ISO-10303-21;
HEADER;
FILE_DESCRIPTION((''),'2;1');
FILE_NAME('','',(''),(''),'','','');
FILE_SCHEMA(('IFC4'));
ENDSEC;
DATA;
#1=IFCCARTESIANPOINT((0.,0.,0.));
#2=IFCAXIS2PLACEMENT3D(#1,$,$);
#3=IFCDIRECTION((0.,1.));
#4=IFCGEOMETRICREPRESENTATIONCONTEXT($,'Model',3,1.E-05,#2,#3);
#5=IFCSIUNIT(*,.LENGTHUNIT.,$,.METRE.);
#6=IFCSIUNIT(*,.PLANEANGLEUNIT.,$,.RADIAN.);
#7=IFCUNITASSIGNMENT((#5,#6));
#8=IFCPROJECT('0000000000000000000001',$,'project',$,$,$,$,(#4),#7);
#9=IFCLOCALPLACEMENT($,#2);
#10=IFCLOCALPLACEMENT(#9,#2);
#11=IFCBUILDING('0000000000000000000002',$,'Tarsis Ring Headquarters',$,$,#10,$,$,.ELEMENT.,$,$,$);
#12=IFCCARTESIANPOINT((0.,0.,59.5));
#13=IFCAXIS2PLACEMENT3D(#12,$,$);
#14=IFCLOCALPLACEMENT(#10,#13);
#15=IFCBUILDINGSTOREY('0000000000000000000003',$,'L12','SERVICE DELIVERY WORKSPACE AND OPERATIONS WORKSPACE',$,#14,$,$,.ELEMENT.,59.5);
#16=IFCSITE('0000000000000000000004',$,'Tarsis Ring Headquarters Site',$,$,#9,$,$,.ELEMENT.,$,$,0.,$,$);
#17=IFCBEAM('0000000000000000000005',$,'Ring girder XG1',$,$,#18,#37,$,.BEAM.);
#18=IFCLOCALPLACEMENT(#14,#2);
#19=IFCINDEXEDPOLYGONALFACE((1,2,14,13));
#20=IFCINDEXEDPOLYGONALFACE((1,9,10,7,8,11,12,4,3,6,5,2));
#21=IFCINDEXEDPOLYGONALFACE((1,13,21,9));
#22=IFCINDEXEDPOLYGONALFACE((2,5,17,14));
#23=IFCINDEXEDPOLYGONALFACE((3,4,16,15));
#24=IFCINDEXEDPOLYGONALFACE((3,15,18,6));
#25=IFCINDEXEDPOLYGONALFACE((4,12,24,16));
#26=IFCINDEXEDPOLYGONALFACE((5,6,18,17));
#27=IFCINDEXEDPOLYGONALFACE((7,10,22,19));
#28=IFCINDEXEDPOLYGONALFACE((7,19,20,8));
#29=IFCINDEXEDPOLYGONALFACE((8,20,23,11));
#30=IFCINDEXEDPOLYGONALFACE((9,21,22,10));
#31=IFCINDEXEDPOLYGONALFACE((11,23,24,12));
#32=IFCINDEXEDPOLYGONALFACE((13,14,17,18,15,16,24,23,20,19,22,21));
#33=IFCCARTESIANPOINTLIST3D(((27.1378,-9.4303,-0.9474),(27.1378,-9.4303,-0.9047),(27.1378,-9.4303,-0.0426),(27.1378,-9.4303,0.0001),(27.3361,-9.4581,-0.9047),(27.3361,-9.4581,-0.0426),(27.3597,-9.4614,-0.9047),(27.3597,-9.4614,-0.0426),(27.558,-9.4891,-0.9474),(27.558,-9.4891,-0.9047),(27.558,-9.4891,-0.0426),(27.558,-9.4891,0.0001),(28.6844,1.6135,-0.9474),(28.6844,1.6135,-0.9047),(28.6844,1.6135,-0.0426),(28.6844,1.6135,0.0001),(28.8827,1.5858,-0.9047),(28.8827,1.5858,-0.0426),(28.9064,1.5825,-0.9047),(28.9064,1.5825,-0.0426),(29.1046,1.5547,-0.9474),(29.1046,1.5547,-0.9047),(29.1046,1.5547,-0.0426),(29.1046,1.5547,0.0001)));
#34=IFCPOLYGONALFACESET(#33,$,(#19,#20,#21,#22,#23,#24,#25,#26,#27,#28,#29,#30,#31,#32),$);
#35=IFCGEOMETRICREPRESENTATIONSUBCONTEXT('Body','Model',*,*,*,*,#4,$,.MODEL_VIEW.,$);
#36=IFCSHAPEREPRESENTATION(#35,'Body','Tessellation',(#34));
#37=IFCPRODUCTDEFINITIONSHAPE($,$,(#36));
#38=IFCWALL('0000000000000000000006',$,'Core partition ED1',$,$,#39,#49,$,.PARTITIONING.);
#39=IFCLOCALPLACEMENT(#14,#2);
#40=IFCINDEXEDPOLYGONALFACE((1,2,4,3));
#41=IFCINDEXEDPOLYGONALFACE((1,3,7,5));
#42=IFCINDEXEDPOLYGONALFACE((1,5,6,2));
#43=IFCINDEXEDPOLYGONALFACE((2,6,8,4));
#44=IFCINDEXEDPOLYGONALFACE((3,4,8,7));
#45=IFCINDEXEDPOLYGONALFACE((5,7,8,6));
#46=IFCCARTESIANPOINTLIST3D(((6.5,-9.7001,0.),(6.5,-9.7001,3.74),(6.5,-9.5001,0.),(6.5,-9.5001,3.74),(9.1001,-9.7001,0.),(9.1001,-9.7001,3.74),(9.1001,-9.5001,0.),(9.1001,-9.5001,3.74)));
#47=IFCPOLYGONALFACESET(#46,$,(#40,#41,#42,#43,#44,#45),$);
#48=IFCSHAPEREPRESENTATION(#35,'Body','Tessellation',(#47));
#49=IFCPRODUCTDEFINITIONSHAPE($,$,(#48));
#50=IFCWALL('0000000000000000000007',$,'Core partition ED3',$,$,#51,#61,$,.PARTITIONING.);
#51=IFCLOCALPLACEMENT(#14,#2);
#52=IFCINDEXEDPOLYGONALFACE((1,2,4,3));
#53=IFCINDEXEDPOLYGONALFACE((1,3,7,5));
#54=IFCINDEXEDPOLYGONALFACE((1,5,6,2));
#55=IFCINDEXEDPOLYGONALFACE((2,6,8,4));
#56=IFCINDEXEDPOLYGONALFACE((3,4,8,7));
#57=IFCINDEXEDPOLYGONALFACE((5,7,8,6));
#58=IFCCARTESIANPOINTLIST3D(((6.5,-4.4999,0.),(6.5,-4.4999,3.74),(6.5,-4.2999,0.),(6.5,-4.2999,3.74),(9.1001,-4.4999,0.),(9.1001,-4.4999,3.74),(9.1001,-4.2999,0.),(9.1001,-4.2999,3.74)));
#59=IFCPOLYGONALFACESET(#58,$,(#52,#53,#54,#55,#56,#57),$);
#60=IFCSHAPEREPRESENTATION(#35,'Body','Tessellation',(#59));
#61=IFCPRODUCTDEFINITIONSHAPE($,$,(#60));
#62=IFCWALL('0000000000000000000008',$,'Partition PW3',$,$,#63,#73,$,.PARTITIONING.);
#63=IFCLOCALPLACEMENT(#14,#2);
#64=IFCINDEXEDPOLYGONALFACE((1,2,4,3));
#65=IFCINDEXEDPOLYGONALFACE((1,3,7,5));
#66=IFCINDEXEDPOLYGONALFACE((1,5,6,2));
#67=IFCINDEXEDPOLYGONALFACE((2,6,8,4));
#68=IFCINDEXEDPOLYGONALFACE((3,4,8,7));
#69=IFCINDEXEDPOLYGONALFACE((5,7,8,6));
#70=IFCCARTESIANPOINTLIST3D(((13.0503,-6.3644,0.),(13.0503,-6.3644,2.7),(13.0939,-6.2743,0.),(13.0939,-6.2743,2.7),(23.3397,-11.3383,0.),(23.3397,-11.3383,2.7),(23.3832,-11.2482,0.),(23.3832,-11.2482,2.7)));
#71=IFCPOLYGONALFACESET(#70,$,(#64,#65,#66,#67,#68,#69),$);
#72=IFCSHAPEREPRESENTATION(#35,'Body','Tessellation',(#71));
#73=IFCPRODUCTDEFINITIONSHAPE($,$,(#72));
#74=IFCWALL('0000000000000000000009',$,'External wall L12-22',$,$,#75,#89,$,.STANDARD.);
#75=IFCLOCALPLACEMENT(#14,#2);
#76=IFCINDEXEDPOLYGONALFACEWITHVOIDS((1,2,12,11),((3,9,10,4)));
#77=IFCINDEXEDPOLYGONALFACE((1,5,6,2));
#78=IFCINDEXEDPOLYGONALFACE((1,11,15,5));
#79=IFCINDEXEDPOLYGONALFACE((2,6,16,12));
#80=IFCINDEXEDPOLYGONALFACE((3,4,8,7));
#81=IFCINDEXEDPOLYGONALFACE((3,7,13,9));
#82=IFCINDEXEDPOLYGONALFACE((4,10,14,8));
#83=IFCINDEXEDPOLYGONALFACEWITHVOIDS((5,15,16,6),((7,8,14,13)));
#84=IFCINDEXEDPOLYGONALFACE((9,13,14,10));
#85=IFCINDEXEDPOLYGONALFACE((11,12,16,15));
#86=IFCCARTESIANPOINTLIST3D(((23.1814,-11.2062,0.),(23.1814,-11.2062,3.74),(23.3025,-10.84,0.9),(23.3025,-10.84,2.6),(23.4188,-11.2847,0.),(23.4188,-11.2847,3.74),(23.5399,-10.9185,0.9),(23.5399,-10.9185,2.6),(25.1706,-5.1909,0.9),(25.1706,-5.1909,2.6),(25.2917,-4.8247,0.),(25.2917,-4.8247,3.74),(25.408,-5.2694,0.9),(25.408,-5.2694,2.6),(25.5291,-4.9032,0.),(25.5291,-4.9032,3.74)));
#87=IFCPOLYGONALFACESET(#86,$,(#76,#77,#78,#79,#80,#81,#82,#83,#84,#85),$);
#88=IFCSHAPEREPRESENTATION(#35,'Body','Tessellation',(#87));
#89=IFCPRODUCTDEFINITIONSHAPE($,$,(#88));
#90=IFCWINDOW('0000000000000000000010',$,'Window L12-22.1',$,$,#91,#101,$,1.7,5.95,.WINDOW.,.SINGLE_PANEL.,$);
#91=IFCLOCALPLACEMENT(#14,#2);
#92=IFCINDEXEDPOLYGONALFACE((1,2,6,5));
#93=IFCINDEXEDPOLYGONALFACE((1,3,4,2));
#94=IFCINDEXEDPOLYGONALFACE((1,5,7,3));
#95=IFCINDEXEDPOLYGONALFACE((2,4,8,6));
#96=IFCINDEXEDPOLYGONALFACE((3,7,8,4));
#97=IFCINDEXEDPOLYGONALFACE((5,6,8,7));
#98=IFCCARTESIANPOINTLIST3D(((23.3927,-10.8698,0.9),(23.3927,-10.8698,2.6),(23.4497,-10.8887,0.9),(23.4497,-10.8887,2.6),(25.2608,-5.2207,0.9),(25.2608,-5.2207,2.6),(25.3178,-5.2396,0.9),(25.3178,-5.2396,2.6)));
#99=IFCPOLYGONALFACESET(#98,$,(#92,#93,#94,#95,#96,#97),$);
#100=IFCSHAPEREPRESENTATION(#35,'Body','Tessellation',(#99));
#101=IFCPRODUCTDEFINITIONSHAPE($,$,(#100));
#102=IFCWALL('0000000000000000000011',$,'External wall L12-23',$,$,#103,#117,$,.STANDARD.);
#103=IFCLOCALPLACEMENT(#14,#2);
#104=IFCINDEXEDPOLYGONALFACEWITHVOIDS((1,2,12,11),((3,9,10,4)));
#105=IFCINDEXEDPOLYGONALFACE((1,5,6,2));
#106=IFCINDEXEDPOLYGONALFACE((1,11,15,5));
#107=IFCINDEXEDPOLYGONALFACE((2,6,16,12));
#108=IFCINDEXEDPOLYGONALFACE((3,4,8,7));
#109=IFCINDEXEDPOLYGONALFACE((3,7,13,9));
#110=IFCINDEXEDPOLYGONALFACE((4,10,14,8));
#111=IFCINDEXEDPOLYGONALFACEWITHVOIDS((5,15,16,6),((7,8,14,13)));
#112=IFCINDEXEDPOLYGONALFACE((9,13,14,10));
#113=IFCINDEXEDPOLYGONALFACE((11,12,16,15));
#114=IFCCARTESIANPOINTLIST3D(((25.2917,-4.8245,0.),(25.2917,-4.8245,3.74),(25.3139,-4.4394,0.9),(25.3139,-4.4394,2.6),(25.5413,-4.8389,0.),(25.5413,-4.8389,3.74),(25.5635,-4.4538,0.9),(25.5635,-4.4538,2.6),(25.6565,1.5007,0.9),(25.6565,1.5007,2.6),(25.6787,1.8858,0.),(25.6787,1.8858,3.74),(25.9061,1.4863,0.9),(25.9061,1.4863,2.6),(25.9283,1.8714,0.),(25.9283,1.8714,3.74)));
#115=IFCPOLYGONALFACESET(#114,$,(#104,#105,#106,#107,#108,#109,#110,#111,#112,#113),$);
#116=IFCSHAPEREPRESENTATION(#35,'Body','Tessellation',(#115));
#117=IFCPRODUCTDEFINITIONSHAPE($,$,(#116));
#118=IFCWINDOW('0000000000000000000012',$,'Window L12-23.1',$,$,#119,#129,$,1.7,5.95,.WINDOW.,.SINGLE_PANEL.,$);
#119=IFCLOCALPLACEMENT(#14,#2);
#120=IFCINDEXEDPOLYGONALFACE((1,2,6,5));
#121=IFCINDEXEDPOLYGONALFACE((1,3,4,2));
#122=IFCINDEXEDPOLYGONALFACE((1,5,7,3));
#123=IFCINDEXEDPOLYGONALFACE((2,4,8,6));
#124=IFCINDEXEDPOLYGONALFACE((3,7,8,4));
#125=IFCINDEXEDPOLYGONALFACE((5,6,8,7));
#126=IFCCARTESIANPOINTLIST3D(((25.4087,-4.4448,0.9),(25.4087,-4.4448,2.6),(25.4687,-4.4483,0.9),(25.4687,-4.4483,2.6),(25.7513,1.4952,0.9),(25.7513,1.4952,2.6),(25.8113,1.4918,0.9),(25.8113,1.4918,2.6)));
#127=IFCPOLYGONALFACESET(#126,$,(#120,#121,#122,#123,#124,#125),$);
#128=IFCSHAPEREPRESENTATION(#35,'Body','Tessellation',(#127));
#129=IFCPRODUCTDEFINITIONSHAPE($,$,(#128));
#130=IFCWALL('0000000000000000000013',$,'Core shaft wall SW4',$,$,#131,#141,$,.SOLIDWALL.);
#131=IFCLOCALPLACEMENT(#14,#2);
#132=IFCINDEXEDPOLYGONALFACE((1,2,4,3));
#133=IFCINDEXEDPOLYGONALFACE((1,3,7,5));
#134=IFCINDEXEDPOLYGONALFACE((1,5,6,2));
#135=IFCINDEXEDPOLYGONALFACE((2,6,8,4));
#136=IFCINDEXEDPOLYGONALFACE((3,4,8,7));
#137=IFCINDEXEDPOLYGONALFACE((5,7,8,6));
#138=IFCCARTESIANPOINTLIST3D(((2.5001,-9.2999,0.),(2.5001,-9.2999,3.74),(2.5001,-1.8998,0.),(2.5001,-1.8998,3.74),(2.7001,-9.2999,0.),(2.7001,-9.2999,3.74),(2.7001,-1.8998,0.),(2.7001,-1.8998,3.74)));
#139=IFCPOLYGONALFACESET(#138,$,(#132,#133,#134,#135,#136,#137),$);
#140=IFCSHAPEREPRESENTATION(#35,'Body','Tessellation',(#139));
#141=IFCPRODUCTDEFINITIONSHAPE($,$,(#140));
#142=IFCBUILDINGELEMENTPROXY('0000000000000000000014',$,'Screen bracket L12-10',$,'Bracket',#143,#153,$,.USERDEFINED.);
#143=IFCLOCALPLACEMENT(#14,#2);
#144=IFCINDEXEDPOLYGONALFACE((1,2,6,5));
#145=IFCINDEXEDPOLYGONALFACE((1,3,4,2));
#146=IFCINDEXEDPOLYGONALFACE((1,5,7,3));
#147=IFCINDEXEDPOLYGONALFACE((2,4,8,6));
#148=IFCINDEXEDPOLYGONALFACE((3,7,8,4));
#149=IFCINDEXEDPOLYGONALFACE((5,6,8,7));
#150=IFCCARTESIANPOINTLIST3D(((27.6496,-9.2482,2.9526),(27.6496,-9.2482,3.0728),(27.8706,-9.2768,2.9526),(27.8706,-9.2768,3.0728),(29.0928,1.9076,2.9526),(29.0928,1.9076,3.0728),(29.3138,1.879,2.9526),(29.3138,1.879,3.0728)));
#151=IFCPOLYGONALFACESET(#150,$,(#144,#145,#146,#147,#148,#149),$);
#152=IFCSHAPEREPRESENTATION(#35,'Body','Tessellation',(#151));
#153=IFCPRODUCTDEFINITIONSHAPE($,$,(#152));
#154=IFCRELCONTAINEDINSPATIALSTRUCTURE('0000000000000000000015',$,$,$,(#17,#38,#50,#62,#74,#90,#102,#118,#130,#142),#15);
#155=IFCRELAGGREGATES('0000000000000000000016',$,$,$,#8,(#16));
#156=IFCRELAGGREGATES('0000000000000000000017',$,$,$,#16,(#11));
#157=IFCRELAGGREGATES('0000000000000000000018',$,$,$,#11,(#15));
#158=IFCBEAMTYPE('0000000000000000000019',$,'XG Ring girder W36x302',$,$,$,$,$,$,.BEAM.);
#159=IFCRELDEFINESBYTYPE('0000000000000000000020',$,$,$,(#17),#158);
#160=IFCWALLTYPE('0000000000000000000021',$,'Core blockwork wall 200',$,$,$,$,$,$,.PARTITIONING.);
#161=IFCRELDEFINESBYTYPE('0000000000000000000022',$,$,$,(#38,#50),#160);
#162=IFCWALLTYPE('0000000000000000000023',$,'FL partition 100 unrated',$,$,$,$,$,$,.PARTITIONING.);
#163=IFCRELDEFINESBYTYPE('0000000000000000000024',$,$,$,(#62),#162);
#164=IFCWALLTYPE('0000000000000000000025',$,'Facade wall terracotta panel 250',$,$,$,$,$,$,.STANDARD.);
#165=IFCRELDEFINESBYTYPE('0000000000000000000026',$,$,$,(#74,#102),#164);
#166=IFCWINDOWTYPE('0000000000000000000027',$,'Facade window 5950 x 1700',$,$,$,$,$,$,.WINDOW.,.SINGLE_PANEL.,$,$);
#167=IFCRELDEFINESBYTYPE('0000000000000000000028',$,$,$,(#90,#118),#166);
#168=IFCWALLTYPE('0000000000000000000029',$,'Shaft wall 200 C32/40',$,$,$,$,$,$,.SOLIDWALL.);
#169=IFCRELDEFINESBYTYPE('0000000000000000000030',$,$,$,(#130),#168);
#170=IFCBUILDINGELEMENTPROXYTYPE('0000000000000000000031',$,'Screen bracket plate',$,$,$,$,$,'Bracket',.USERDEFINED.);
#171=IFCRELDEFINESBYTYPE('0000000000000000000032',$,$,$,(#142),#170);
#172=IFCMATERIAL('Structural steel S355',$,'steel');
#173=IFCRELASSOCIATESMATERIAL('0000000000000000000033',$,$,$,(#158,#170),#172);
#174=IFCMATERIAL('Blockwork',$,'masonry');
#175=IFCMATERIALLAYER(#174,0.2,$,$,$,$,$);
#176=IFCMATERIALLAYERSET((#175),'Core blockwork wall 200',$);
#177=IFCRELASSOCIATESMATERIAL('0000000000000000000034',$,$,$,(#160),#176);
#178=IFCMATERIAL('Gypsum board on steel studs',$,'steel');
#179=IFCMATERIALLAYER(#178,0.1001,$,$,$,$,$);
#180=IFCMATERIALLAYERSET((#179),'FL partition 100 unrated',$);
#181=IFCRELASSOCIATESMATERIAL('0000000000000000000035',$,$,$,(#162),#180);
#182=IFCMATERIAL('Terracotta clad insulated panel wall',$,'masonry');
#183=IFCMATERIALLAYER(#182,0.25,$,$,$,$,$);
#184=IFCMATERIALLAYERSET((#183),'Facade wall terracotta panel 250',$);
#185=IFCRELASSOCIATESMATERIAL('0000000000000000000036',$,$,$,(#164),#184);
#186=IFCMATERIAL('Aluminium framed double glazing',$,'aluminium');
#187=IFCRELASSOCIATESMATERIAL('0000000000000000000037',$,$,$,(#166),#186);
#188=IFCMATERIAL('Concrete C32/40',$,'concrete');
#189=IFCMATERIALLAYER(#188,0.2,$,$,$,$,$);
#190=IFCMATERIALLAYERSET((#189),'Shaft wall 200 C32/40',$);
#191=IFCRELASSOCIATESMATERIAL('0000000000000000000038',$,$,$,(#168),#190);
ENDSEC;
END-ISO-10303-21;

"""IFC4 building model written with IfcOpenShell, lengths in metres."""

from ifc_helpers import new_model, si_unit, direction, frame, frame_2d, origin, origin_2d, place, context, subcontext, project, spatial, rectangle, i_section, extrude, material, layer, layer_set, material_profile, profile_set, type_object, element, fill, save


model = new_model("IFC4")

# Units and contexts
model_context = context("Model", 3, precision=1e-05, world=origin(), true_north=direction((0.0, 1.0)))
body_context = subcontext(model_context, "Body", "Model", "MODEL_VIEW")
ifc_project = project(units=[si_unit("LENGTHUNIT", "METRE"), si_unit("PLANEANGLEUNIT", "RADIAN")], contexts=[model_context])

# Site, building, storey
site_placement = place(None, origin())
site = spatial("IfcSite", under=ifc_project, at=site_placement, Name="Tarsis Ring Headquarters Site", CompositionType="ELEMENT", RefElevation=0.0)
building_placement = place(site_placement, origin())
building = spatial("IfcBuilding", under=site, at=building_placement, Name="Tarsis Ring Headquarters", CompositionType="ELEMENT")
storey_placement = place(building_placement, frame((0.0, 0.0, 59.5)))
storey = spatial("IfcBuildingStorey", under=building, at=storey_placement, Name="L12", Description="SERVICE DELIVERY WORKSPACE AND OPERATIONS WORKSPACE", CompositionType="ELEMENT", Elevation=59.5)

# Beam
ifc_material_1 = material(Name="Structural steel S355", Category="steel")
ifc_material_profile_1 = material_profile(ifc_material_1, i_section(OverallWidth=0.4243, OverallDepth=0.9475, WebThickness=0.0239, FlangeThickness=0.0427, at=origin_2d()), Name="W36x302")
ifc_profile_set_1 = profile_set([ifc_material_profile_1], Name="Structural steel S355")
beam_type_1 = type_object("IfcBeamType", Name="XG Ring girder W36x302", PredefinedType="BEAM", material=ifc_profile_set_1)
beam_1_placement = place(storey_placement, frame((27.3479, -9.4597, -0.4736), z_axis=(0.13869, 0.990336, 0.0), x_axis=(-0.990336, 0.13869, 0.0)))
element("IfcBeam", 1, at=beam_1_placement, inside=storey, type_object=beam_type_1, Name="Ring girder XG1", PredefinedType="BEAM", context=body_context, shape_type="SweptSolid", body=[
    extrude(i_section(OverallWidth=0.4243, OverallDepth=0.9475, WebThickness=0.0239, FlangeThickness=0.0427, at=origin_2d()), origin(), (0.0, 0.0, 1.0), 11.1516),
])

# Walls
ifc_material_2 = material(Name="Blockwork", Category="masonry")
ifc_layer_1 = layer(ifc_material_2, 0.2)
ifc_layer_set_1 = layer_set([ifc_layer_1], Name="Core blockwork wall 200")
wall_type_1 = type_object("IfcWallType", Name="Core blockwork wall 200", PredefinedType="PARTITIONING", material=ifc_layer_set_1)
for number, where, z_axis, x_axis, name in (
    (2, (6.5, -9.6001, 0.0), (0.0, 0.0, 1.0), (1.0, 0.0, 0.0), "Core partition ED1"),
    (3, (6.5, -4.3999, 0.0), (0.0, 0.0, 1.0), (1.0, 0.0, 0.0), "Core partition ED3"),
):
    element("IfcWall", number, at=place(storey_placement, frame(where, z_axis=z_axis, x_axis=x_axis)), inside=storey, type_object=wall_type_1, Name=name, PredefinedType="PARTITIONING", context=body_context, shape_type="SweptSolid", body=[
        extrude(rectangle(XDim=2.6001, YDim=0.2, at=frame_2d((1.3, 0.0))), origin(), (0.0, 0.0, 1.0), 3.74),
    ])
ifc_material_3 = material(Name="Gypsum board on steel studs", Category="steel")
ifc_layer_2 = layer(ifc_material_3, 0.1001)
ifc_layer_set_2 = layer_set([ifc_layer_2], Name="FL partition 100 unrated")
wall_type_2 = type_object("IfcWallType", Name="FL partition 100 unrated", PredefinedType="PARTITIONING", material=ifc_layer_set_2)
wall_1_placement = place(storey_placement, frame((13.072, -6.3193, 0.0), z_axis=(0.0, 0.0, 1.0), x_axis=(0.900325, -0.435219, 0.0)))
element("IfcWall", 4, at=wall_1_placement, inside=storey, type_object=wall_type_2, Name="Partition PW3", PredefinedType="PARTITIONING", context=body_context, shape_type="SweptSolid", body=[
    extrude(rectangle(XDim=11.4285, YDim=0.1001, at=frame_2d((5.7144, 0.0))), origin(), (0.0, 0.0, 1.0), 2.7),
])

# Walls, openings, windows
ifc_material_4 = material(Name="Terracotta clad insulated panel wall", Category="masonry")
ifc_layer_3 = layer(ifc_material_4, 0.25)
ifc_layer_set_3 = layer_set([ifc_layer_3], Name="Facade wall terracotta panel 250")
wall_type_3 = type_object("IfcWallType", Name="Facade wall terracotta panel 250", PredefinedType="STANDARD", material=ifc_layer_set_3)
wall_2_placement = place(storey_placement, frame((23.3, -11.2456, 0.0), z_axis=(0.0, 0.0, 1.0), x_axis=(0.313971, 0.949432, 0.0)))
wall_2 = element("IfcWall", 5, at=wall_2_placement, inside=storey, type_object=wall_type_3, Name="External wall L12-22", PredefinedType="STANDARD", context=body_context, shape_type="SweptSolid", body=[
    extrude(rectangle(XDim=6.7214, YDim=0.25, at=frame_2d((3.3608, 0.0))), origin(), (0.0, 0.0, 1.0), 3.74),
])
opening_1_placement = place(wall_2_placement, frame((0.3857, 0.0, 0.8999)))
opening_1 = element("IfcOpeningElement", 6, at=opening_1_placement, cuts=wall_2, PredefinedType="OPENING", context=body_context, shape_type="SweptSolid", body=[
    extrude(rectangle(XDim=5.95, YDim=1.7, at=frame_2d((2.9751, 0.8501))), frame((0.0, 0.135, 0.0), z_axis=(0.0, -1.0, 0.0), x_axis=(1.0, 0.0, 0.0)), (0.0, 0.0, 1.0), 0.27),
])
ifc_material_5 = material(Name="Aluminium framed double glazing", Category="aluminium")
window_type = type_object("IfcWindowType", Name="Facade window 5950 x 1700", PartitioningType="SINGLE_PANEL", PredefinedType="WINDOW", material=ifc_material_5)
window_1_placement = place(opening_1_placement, origin())
window_1 = element("IfcWindow", 7, at=window_1_placement, inside=storey, type_object=window_type, Name="Window L12-22.1", OverallHeight=1.7, OverallWidth=5.95, PartitioningType="SINGLE_PANEL", PredefinedType="WINDOW", context=body_context, shape_type="SweptSolid", body=[
    extrude(rectangle(XDim=5.95, YDim=1.7, at=frame_2d((2.9751, 0.8501))), frame((0.0, 0.03, 0.0), z_axis=(0.0, -1.0, 0.0), x_axis=(1.0, 0.0, 0.0)), (0.0, 0.0, 1.0), 0.0601),
])
fill(opening_1, window_1)
wall_3_placement = place(storey_placement, frame((25.4165, -4.8318, 0.0), z_axis=(0.0, 0.0, 1.0), x_axis=(0.057572, 0.998341, 0.0)))
wall_3 = element("IfcWall", 8, at=wall_3_placement, inside=storey, type_object=wall_type_3, Name="External wall L12-23", PredefinedType="STANDARD", context=body_context, shape_type="SweptSolid", body=[
    extrude(rectangle(XDim=6.7214, YDim=0.25, at=frame_2d((3.3608, 0.0))), origin(), (0.0, 0.0, 1.0), 3.74),
])
opening_2_placement = place(wall_3_placement, frame((0.3857, 0.0, 0.8999)))
opening_2 = element("IfcOpeningElement", 9, at=opening_2_placement, cuts=wall_3, PredefinedType="OPENING", context=body_context, shape_type="SweptSolid", body=[
    extrude(rectangle(XDim=5.95, YDim=1.7, at=frame_2d((2.9751, 0.8501))), frame((0.0, 0.135, 0.0), z_axis=(0.0, -1.0, 0.0), x_axis=(1.0, 0.0, 0.0)), (0.0, 0.0, 1.0), 0.27),
])
window_2_placement = place(opening_2_placement, origin())
window_2 = element("IfcWindow", 10, at=window_2_placement, inside=storey, type_object=window_type, Name="Window L12-23.1", OverallHeight=1.7, OverallWidth=5.95, PartitioningType="SINGLE_PANEL", PredefinedType="WINDOW", context=body_context, shape_type="SweptSolid", body=[
    extrude(rectangle(XDim=5.95, YDim=1.7, at=frame_2d((2.9751, 0.8501))), frame((0.0, 0.03, 0.0), z_axis=(0.0, -1.0, 0.0), x_axis=(1.0, 0.0, 0.0)), (0.0, 0.0, 1.0), 0.0601),
])
fill(opening_2, window_2)

# Wall
ifc_material_6 = material(Name="Concrete C32/40", Category="concrete")
ifc_layer_4 = layer(ifc_material_6, 0.2)
ifc_layer_set_4 = layer_set([ifc_layer_4], Name="Shaft wall 200 C32/40")
wall_type_4 = type_object("IfcWallType", Name="Shaft wall 200 C32/40", PredefinedType="SOLIDWALL", material=ifc_layer_set_4)
wall_4_placement = place(storey_placement, frame((2.6001, -9.3, 0.0), z_axis=(0.0, 0.0, 1.0), x_axis=(0.0, 1.0, 0.0)))
element("IfcWall", 11, at=wall_4_placement, inside=storey, type_object=wall_type_4, Name="Core shaft wall SW4", PredefinedType="SOLIDWALL", context=body_context, shape_type="SweptSolid", body=[
    extrude(rectangle(XDim=7.4001, YDim=0.2, at=frame_2d((3.7002, 0.0))), origin(), (0.0, 0.0, 1.0), 3.74),
])

# Building element proxy
building_element_proxy_type = type_object("IfcBuildingElementProxyType", Name="Screen bracket plate", ElementType="Bracket", PredefinedType="USERDEFINED", material=ifc_material_1)
proxy_placement = place(storey_placement, frame((28.4817, -3.6846, 2.9526), z_axis=(0.0, 0.0, 1.0), x_axis=(0.128298, 0.991736, 0.0)))
element("IfcBuildingElementProxy", 12, at=proxy_placement, inside=storey, type_object=building_element_proxy_type, Name="Screen bracket L12-10", ObjectType="Bracket", PredefinedType="USERDEFINED", context=body_context, shape_type="SweptSolid", body=[
    extrude(rectangle(XDim=11.2488, YDim=0.2229, at=origin_2d()), origin(), (0.0, 0.0, 1.0), 0.1201),
])

save(model, "model.ifc")
